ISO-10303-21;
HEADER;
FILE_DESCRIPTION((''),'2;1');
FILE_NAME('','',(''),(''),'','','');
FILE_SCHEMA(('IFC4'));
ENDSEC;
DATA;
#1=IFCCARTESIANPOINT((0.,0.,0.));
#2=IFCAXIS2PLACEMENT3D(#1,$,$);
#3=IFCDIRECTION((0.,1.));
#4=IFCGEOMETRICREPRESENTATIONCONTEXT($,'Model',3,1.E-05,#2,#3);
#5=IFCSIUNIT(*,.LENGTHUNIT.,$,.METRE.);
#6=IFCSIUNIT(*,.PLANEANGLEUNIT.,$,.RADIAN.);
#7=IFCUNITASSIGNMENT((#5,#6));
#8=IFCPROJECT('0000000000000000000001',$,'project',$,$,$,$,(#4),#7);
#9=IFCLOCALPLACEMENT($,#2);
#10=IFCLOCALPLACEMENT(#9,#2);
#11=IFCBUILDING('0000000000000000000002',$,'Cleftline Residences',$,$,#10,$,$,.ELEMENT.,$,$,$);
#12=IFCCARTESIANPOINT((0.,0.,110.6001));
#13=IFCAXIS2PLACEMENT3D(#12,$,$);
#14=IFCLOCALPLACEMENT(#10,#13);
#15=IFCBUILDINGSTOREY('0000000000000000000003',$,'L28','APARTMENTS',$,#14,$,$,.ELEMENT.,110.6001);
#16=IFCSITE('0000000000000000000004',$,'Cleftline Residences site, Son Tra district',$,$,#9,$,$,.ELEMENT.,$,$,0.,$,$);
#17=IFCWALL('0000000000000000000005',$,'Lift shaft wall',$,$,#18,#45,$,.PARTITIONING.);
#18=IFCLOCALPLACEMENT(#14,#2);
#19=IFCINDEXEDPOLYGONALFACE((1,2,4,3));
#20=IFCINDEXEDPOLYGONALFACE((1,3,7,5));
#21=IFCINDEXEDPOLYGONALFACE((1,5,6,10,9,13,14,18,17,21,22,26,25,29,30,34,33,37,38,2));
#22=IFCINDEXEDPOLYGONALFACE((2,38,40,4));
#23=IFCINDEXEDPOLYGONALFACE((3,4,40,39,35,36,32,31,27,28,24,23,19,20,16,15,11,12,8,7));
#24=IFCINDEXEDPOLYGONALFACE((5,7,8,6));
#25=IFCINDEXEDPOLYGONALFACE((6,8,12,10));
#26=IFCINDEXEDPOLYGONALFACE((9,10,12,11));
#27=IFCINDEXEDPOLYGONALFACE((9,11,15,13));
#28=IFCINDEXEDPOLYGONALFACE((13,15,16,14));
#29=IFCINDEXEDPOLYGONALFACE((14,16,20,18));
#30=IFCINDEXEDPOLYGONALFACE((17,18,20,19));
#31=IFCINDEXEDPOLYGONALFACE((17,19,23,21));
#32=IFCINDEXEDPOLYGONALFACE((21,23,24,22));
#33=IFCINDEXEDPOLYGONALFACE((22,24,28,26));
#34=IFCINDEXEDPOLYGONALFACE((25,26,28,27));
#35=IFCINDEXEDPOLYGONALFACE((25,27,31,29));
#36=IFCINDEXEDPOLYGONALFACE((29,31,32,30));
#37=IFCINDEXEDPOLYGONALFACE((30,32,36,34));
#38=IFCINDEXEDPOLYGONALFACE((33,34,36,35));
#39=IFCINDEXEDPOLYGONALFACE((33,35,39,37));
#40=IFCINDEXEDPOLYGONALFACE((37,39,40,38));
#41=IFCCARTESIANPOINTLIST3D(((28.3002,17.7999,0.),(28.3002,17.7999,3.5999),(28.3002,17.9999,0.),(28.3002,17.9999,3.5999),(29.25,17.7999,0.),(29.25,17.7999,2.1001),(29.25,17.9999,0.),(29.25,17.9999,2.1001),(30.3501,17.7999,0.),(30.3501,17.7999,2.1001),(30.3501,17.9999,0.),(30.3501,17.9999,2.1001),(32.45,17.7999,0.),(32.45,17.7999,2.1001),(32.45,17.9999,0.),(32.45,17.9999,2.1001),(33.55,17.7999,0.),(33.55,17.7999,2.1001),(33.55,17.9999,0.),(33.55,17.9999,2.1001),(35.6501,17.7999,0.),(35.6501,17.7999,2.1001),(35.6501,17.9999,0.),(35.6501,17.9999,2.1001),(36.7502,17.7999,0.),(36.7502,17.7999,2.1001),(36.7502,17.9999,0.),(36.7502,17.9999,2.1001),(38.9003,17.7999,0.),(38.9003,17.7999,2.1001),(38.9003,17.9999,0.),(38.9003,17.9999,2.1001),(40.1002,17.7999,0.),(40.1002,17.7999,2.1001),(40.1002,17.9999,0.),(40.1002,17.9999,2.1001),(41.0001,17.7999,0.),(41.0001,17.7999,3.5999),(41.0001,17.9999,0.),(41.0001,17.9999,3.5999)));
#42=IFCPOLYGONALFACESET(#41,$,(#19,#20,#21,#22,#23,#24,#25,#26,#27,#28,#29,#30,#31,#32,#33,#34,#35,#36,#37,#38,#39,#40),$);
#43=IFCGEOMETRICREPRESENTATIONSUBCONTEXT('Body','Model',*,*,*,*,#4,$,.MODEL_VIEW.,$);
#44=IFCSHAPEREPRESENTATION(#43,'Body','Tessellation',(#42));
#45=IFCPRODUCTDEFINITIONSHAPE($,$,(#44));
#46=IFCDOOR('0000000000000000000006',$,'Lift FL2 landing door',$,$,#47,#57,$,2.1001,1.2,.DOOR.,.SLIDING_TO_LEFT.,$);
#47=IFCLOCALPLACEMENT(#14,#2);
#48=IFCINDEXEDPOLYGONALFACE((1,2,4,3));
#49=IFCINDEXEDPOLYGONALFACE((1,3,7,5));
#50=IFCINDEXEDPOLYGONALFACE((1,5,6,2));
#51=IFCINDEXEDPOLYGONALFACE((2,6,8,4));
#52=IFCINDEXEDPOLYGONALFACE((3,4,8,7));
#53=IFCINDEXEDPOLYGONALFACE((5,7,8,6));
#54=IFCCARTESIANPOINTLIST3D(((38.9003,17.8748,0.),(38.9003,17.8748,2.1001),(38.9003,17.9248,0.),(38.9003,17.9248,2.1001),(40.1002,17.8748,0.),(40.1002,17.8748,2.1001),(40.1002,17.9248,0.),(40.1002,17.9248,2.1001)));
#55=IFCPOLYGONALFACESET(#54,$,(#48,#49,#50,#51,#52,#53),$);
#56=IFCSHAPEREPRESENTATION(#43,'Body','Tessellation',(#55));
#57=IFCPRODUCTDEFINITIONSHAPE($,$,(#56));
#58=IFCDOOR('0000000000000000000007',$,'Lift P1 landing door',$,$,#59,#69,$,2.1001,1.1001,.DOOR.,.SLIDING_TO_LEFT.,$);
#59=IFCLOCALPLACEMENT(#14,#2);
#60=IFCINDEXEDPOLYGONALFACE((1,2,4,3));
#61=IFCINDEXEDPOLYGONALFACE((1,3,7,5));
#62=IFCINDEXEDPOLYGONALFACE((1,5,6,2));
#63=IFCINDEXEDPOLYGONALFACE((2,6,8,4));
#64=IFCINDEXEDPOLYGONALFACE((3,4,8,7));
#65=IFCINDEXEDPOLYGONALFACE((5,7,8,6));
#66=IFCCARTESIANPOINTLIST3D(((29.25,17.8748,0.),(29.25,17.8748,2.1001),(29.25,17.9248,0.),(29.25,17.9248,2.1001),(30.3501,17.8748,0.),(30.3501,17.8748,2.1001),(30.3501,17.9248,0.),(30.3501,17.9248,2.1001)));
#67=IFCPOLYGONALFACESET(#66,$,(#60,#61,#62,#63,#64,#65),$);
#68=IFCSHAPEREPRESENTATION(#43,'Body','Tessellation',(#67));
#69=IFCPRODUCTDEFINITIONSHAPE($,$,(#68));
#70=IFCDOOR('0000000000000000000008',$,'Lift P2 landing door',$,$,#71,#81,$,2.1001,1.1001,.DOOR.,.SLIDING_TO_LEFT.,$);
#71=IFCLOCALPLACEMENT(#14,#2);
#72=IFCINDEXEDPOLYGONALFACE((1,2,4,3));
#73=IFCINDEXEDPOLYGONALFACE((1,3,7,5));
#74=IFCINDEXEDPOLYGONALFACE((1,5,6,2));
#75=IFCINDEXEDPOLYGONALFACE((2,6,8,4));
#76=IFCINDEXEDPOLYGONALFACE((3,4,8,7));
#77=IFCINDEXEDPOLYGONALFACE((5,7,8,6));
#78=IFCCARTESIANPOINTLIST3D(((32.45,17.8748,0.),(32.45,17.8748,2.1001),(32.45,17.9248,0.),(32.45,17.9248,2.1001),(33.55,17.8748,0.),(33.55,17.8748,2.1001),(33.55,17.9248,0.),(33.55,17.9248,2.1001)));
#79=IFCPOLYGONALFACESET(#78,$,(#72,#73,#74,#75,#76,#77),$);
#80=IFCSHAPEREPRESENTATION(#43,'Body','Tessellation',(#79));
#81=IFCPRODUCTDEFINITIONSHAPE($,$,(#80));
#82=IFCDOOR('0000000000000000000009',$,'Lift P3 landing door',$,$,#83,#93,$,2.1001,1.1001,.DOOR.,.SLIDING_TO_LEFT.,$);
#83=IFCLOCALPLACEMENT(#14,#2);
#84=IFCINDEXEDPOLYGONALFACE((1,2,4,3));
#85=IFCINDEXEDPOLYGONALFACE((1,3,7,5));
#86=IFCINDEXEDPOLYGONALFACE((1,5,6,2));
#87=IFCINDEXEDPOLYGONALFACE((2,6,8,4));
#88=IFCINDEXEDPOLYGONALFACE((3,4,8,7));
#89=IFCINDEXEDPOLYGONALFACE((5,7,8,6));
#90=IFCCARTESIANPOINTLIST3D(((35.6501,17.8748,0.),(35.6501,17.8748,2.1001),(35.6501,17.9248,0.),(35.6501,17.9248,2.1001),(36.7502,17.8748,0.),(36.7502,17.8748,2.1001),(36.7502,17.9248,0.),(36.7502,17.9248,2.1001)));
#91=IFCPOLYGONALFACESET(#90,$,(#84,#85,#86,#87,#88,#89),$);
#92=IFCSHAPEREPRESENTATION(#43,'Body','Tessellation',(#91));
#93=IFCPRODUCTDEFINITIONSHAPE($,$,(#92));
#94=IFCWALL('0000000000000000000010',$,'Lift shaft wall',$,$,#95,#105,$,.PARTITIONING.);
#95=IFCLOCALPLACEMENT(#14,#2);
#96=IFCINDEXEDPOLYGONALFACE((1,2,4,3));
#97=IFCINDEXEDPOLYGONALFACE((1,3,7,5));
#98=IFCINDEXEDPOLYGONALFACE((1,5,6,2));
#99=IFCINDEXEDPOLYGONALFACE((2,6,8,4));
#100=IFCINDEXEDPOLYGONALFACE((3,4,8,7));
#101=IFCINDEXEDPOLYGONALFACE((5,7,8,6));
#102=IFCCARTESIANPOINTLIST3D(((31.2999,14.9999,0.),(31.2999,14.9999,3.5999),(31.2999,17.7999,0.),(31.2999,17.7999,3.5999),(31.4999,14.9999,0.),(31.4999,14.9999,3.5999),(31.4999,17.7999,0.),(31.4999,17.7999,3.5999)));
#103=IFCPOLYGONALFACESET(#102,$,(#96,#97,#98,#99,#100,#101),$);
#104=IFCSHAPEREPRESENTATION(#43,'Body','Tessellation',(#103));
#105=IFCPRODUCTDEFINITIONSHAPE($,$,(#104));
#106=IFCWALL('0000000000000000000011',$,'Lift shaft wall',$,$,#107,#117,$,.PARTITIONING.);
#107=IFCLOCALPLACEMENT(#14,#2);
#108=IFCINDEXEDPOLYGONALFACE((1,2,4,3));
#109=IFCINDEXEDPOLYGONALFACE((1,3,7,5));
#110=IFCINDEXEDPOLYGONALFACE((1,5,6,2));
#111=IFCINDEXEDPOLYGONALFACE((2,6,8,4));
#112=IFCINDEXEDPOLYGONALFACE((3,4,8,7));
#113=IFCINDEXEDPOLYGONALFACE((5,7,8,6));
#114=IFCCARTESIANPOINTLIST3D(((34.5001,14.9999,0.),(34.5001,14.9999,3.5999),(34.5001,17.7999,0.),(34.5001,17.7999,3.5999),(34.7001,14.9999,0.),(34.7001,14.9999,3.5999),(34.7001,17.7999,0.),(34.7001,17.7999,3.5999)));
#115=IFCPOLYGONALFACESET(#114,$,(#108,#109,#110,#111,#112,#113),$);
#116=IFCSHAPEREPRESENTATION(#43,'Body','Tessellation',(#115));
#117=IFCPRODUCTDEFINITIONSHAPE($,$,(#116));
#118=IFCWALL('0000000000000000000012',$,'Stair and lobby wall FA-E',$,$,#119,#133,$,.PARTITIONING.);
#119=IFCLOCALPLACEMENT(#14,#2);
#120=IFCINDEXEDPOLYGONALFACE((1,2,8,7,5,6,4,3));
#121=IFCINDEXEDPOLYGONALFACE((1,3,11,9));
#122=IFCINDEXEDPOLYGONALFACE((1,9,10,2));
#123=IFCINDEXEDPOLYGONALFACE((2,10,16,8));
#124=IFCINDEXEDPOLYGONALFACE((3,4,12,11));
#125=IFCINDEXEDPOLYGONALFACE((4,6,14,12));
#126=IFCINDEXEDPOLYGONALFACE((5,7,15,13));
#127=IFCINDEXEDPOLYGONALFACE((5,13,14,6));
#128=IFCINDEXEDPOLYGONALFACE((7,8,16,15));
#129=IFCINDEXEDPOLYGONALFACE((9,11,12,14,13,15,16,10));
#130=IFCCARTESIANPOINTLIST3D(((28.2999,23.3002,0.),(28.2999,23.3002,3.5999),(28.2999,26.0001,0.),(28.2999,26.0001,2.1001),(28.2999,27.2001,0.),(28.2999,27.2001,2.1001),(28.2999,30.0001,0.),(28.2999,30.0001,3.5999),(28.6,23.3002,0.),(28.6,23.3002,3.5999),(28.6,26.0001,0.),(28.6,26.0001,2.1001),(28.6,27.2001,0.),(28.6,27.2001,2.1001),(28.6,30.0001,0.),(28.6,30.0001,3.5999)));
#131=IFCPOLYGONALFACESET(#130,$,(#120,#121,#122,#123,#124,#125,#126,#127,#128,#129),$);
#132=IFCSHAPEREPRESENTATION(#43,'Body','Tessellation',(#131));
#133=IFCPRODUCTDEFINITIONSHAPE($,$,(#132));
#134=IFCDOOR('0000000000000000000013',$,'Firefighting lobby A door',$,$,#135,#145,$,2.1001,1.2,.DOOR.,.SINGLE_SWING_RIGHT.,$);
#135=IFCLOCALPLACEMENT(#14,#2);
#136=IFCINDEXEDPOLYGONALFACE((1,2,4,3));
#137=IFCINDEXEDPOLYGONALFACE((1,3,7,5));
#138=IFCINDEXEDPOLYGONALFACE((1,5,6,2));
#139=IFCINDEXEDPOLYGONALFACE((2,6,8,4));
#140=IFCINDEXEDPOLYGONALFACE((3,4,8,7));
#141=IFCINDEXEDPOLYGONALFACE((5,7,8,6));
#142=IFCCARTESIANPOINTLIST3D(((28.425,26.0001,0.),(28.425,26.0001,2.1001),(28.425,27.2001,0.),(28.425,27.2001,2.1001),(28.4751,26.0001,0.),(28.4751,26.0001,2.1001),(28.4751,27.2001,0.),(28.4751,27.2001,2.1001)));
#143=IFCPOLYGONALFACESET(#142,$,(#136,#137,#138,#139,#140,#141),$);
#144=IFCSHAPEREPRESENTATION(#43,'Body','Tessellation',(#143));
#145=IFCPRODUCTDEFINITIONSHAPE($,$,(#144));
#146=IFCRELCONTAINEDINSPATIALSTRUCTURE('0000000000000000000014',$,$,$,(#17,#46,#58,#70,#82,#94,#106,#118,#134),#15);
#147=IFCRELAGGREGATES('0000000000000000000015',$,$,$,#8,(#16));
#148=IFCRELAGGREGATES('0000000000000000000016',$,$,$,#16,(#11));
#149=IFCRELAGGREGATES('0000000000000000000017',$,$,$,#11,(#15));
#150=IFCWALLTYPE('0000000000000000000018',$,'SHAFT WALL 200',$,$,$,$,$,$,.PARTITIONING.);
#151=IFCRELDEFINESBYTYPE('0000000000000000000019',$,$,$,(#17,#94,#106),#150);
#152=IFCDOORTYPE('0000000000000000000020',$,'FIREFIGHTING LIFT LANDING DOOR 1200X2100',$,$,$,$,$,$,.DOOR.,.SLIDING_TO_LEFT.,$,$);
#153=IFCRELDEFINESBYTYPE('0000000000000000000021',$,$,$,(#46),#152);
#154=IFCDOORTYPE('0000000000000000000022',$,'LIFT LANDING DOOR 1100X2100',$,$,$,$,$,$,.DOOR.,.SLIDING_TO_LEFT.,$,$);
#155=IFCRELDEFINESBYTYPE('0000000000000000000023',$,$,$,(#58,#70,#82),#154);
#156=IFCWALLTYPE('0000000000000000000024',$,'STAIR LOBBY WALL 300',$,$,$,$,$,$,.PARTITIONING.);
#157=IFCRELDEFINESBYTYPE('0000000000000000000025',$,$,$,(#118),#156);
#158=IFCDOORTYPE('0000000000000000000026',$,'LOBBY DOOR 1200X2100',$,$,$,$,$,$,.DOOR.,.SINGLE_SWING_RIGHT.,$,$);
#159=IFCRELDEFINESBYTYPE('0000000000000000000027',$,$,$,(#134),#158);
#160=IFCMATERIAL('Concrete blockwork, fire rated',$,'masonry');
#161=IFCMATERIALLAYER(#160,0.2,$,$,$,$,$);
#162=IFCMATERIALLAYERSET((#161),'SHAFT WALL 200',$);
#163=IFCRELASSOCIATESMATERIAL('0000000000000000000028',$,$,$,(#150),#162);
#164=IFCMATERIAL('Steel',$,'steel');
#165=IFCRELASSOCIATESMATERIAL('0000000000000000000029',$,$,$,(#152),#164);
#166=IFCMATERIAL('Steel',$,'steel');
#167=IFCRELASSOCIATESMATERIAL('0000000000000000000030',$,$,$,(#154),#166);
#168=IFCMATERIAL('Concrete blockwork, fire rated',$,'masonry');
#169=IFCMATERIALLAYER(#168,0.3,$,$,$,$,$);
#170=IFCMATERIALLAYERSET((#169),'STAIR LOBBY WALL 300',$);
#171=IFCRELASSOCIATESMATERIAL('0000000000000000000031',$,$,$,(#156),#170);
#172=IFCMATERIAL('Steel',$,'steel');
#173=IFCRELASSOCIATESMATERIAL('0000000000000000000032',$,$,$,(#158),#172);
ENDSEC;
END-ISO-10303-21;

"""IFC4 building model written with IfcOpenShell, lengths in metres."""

from ifc_helpers import new_model, si_unit, direction, frame, frame_2d, origin, place, context, subcontext, project, spatial, rectangle, extrude, material, layer, layer_set, type_object, element, fill, save


model = new_model("IFC4")

# Units and contexts
model_context = context("Model", 3, precision=1e-05, world=origin(), true_north=direction((0.0, 1.0)))
body_context = subcontext(model_context, "Body", "Model", "MODEL_VIEW")
ifc_project = project(units=[si_unit("LENGTHUNIT", "METRE"), si_unit("PLANEANGLEUNIT", "RADIAN")], contexts=[model_context])

# Site, building, storey
site_placement = place(None, origin())
site = spatial("IfcSite", under=ifc_project, at=site_placement, Name="Cleftline Residences site, Son Tra district", CompositionType="ELEMENT", RefElevation=0.0)
building_placement = place(site_placement, origin())
building = spatial("IfcBuilding", under=site, at=building_placement, Name="Cleftline Residences", CompositionType="ELEMENT")
storey_placement = place(building_placement, frame((0.0, 0.0, 110.6001)))
storey = spatial("IfcBuildingStorey", under=building, at=storey_placement, Name="L28", Description="APARTMENTS", CompositionType="ELEMENT", Elevation=110.6001)

# Wall, openings, doors
ifc_material_1 = material(Name="Concrete blockwork, fire rated", Category="masonry")
ifc_layer_1 = layer(ifc_material_1, 0.2)
ifc_layer_set_1 = layer_set([ifc_layer_1], Name="SHAFT WALL 200")
wall_type_1 = type_object("IfcWallType", Name="SHAFT WALL 200", PredefinedType="PARTITIONING", material=ifc_layer_set_1)
wall_1_placement = place(storey_placement, frame((28.3, 17.8999, 0.0), z_axis=(0.0, 0.0, 1.0), x_axis=(1.0, 0.0, 0.0)))
wall_1 = element("IfcWall", 1, at=wall_1_placement, inside=storey, type_object=wall_type_1, Name="Lift shaft wall", PredefinedType="PARTITIONING", context=body_context, shape_type="SweptSolid", body=[
    extrude(rectangle(XDim=12.7, YDim=0.2, at=frame_2d((6.3501, 0.0))), origin(), (0.0, 0.0, 1.0), 3.5999),
])
opening_1_placement = place(wall_1_placement, frame((0.95, 0.0, 0.0)))
opening_1 = element("IfcOpeningElement", 2, at=opening_1_placement, cuts=wall_1, PredefinedType="OPENING", context=body_context, shape_type="SweptSolid", body=[
    extrude(rectangle(XDim=1.1001, YDim=2.1001, at=frame_2d((0.55, 1.05))), frame((0.0, 0.1099, 0.0), z_axis=(0.0, -1.0, 0.0), x_axis=(1.0, 0.0, 0.0)), (0.0, 0.0, 1.0), 0.22),
])
opening_2_placement = place(wall_1_placement, frame((4.1499, 0.0, 0.0)))
opening_2 = element("IfcOpeningElement", 3, at=opening_2_placement, cuts=wall_1, PredefinedType="OPENING", context=body_context, shape_type="SweptSolid", body=[
    extrude(rectangle(XDim=1.1001, YDim=2.1001, at=frame_2d((0.55, 1.05))), frame((0.0, 0.1099, 0.0), z_axis=(0.0, -1.0, 0.0), x_axis=(1.0, 0.0, 0.0)), (0.0, 0.0, 1.0), 0.22),
])
opening_3_placement = place(wall_1_placement, frame((7.3501, 0.0, 0.0)))
opening_3 = element("IfcOpeningElement", 4, at=opening_3_placement, cuts=wall_1, PredefinedType="OPENING", context=body_context, shape_type="SweptSolid", body=[
    extrude(rectangle(XDim=1.1001, YDim=2.1001, at=frame_2d((0.55, 1.05))), frame((0.0, 0.1099, 0.0), z_axis=(0.0, -1.0, 0.0), x_axis=(1.0, 0.0, 0.0)), (0.0, 0.0, 1.0), 0.22),
])
opening_4_placement = place(wall_1_placement, frame((10.6001, 0.0, 0.0)))
opening_4 = element("IfcOpeningElement", 5, at=opening_4_placement, cuts=wall_1, PredefinedType="OPENING", context=body_context, shape_type="SweptSolid", body=[
    extrude(rectangle(XDim=1.2, YDim=2.1001, at=frame_2d((0.6001, 1.05))), frame((0.0, 0.1099, 0.0), z_axis=(0.0, -1.0, 0.0), x_axis=(1.0, 0.0, 0.0)), (0.0, 0.0, 1.0), 0.22),
])
ifc_material_2 = material(Name="Steel", Category="steel")
door_type_1 = type_object("IfcDoorType", Name="FIREFIGHTING LIFT LANDING DOOR 1200X2100", OperationType="SLIDING_TO_LEFT", PredefinedType="DOOR", material=ifc_material_2)
door_1_placement = place(opening_4_placement, origin())
door_1 = element("IfcDoor", 6, at=door_1_placement, inside=storey, type_object=door_type_1, Name="Lift FL2 landing door", OperationType="SLIDING_TO_LEFT", OverallHeight=2.1001, OverallWidth=1.2, PredefinedType="DOOR", context=body_context, shape_type="SweptSolid", body=[
    extrude(rectangle(XDim=1.2, YDim=2.1001, at=frame_2d((0.6001, 1.05))), frame((0.0, 0.0249, 0.0), z_axis=(0.0, -1.0, 0.0), x_axis=(1.0, 0.0, 0.0)), (0.0, 0.0, 1.0), 0.05),
])
fill(opening_4, door_1)
ifc_material_3 = material(Name="Steel", Category="steel")
door_type_2 = type_object("IfcDoorType", Name="LIFT LANDING DOOR 1100X2100", OperationType="SLIDING_TO_LEFT", PredefinedType="DOOR", material=ifc_material_3)
door_2_placement = place(opening_1_placement, origin())
door_2 = element("IfcDoor", 7, at=door_2_placement, inside=storey, type_object=door_type_2, Name="Lift P1 landing door", OperationType="SLIDING_TO_LEFT", OverallHeight=2.1001, OverallWidth=1.1001, PredefinedType="DOOR", context=body_context, shape_type="SweptSolid", body=[
    extrude(rectangle(XDim=1.1001, YDim=2.1001, at=frame_2d((0.55, 1.05))), frame((0.0, 0.0249, 0.0), z_axis=(0.0, -1.0, 0.0), x_axis=(1.0, 0.0, 0.0)), (0.0, 0.0, 1.0), 0.05),
])
fill(opening_1, door_2)
door_3_placement = place(opening_2_placement, origin())
door_3 = element("IfcDoor", 8, at=door_3_placement, inside=storey, type_object=door_type_2, Name="Lift P2 landing door", OperationType="SLIDING_TO_LEFT", OverallHeight=2.1001, OverallWidth=1.1001, PredefinedType="DOOR", context=body_context, shape_type="SweptSolid", body=[
    extrude(rectangle(XDim=1.1001, YDim=2.1001, at=frame_2d((0.55, 1.05))), frame((0.0, 0.0249, 0.0), z_axis=(0.0, -1.0, 0.0), x_axis=(1.0, 0.0, 0.0)), (0.0, 0.0, 1.0), 0.05),
])
fill(opening_2, door_3)
door_4_placement = place(opening_3_placement, origin())
door_4 = element("IfcDoor", 9, at=door_4_placement, inside=storey, type_object=door_type_2, Name="Lift P3 landing door", OperationType="SLIDING_TO_LEFT", OverallHeight=2.1001, OverallWidth=1.1001, PredefinedType="DOOR", context=body_context, shape_type="SweptSolid", body=[
    extrude(rectangle(XDim=1.1001, YDim=2.1001, at=frame_2d((0.55, 1.05))), frame((0.0, 0.0249, 0.0), z_axis=(0.0, -1.0, 0.0), x_axis=(1.0, 0.0, 0.0)), (0.0, 0.0, 1.0), 0.05),
])
fill(opening_3, door_4)

# Walls
for number, where, z_axis, x_axis, name in (
    (10, (31.3999, 15.0, 0.0), (0.0, 0.0, 1.0), (0.0, 1.0, 0.0), "Lift shaft wall"),
    (11, (34.6001, 15.0, 0.0), (0.0, 0.0, 1.0), (0.0, 1.0, 0.0), "Lift shaft wall"),
):
    element("IfcWall", number, at=place(storey_placement, frame(where, z_axis=z_axis, x_axis=x_axis)), inside=storey, type_object=wall_type_1, Name=name, PredefinedType="PARTITIONING", context=body_context, shape_type="SweptSolid", body=[
        extrude(rectangle(XDim=2.8, YDim=0.2, at=frame_2d((1.3999, 0.0))), origin(), (0.0, 0.0, 1.0), 3.5999),
    ])

# Wall, opening, door
ifc_material_4 = material(Name="Concrete blockwork, fire rated", Category="masonry")
ifc_layer_2 = layer(ifc_material_4, 0.3)
ifc_layer_set_2 = layer_set([ifc_layer_2], Name="STAIR LOBBY WALL 300")
wall_type_2 = type_object("IfcWallType", Name="STAIR LOBBY WALL 300", PredefinedType="PARTITIONING", material=ifc_layer_set_2)
wall_2_placement = place(storey_placement, frame((28.45, 23.3, 0.0), z_axis=(0.0, 0.0, 1.0), x_axis=(0.0, 1.0, 0.0)))
wall_2 = element("IfcWall", 12, at=wall_2_placement, inside=storey, type_object=wall_type_2, Name="Stair and lobby wall FA-E", PredefinedType="PARTITIONING", context=body_context, shape_type="SweptSolid", body=[
    extrude(rectangle(XDim=6.7, YDim=0.3, at=frame_2d((3.3501, 0.0))), origin(), (0.0, 0.0, 1.0), 3.5999),
])
opening_5_placement = place(wall_2_placement, frame((2.7, 0.0, 0.0)))
opening_5 = element("IfcOpeningElement", 13, at=opening_5_placement, cuts=wall_2, PredefinedType="OPENING", context=body_context, shape_type="SweptSolid", body=[
    extrude(rectangle(XDim=1.2, YDim=2.1001, at=frame_2d((0.6001, 1.05))), frame((0.0, 0.1599, 0.0), z_axis=(0.0, -1.0, 0.0), x_axis=(1.0, 0.0, 0.0)), (0.0, 0.0, 1.0), 0.3201),
])
ifc_material_5 = material(Name="Steel", Category="steel")
door_type_3 = type_object("IfcDoorType", Name="LOBBY DOOR 1200X2100", OperationType="SINGLE_SWING_RIGHT", PredefinedType="DOOR", material=ifc_material_5)
door_5_placement = place(opening_5_placement, origin())
door_5 = element("IfcDoor", 14, at=door_5_placement, inside=storey, type_object=door_type_3, Name="Firefighting lobby A door", OperationType="SINGLE_SWING_RIGHT", OverallHeight=2.1001, OverallWidth=1.2, PredefinedType="DOOR", context=body_context, shape_type="SweptSolid", body=[
    extrude(rectangle(XDim=1.2, YDim=2.1001, at=frame_2d((0.6001, 1.05))), frame((0.0, 0.0249, 0.0), z_axis=(0.0, -1.0, 0.0), x_axis=(1.0, 0.0, 0.0)), (0.0, 0.0, 1.0), 0.05),
])
fill(opening_5, door_5)

save(model, "model.ifc")
